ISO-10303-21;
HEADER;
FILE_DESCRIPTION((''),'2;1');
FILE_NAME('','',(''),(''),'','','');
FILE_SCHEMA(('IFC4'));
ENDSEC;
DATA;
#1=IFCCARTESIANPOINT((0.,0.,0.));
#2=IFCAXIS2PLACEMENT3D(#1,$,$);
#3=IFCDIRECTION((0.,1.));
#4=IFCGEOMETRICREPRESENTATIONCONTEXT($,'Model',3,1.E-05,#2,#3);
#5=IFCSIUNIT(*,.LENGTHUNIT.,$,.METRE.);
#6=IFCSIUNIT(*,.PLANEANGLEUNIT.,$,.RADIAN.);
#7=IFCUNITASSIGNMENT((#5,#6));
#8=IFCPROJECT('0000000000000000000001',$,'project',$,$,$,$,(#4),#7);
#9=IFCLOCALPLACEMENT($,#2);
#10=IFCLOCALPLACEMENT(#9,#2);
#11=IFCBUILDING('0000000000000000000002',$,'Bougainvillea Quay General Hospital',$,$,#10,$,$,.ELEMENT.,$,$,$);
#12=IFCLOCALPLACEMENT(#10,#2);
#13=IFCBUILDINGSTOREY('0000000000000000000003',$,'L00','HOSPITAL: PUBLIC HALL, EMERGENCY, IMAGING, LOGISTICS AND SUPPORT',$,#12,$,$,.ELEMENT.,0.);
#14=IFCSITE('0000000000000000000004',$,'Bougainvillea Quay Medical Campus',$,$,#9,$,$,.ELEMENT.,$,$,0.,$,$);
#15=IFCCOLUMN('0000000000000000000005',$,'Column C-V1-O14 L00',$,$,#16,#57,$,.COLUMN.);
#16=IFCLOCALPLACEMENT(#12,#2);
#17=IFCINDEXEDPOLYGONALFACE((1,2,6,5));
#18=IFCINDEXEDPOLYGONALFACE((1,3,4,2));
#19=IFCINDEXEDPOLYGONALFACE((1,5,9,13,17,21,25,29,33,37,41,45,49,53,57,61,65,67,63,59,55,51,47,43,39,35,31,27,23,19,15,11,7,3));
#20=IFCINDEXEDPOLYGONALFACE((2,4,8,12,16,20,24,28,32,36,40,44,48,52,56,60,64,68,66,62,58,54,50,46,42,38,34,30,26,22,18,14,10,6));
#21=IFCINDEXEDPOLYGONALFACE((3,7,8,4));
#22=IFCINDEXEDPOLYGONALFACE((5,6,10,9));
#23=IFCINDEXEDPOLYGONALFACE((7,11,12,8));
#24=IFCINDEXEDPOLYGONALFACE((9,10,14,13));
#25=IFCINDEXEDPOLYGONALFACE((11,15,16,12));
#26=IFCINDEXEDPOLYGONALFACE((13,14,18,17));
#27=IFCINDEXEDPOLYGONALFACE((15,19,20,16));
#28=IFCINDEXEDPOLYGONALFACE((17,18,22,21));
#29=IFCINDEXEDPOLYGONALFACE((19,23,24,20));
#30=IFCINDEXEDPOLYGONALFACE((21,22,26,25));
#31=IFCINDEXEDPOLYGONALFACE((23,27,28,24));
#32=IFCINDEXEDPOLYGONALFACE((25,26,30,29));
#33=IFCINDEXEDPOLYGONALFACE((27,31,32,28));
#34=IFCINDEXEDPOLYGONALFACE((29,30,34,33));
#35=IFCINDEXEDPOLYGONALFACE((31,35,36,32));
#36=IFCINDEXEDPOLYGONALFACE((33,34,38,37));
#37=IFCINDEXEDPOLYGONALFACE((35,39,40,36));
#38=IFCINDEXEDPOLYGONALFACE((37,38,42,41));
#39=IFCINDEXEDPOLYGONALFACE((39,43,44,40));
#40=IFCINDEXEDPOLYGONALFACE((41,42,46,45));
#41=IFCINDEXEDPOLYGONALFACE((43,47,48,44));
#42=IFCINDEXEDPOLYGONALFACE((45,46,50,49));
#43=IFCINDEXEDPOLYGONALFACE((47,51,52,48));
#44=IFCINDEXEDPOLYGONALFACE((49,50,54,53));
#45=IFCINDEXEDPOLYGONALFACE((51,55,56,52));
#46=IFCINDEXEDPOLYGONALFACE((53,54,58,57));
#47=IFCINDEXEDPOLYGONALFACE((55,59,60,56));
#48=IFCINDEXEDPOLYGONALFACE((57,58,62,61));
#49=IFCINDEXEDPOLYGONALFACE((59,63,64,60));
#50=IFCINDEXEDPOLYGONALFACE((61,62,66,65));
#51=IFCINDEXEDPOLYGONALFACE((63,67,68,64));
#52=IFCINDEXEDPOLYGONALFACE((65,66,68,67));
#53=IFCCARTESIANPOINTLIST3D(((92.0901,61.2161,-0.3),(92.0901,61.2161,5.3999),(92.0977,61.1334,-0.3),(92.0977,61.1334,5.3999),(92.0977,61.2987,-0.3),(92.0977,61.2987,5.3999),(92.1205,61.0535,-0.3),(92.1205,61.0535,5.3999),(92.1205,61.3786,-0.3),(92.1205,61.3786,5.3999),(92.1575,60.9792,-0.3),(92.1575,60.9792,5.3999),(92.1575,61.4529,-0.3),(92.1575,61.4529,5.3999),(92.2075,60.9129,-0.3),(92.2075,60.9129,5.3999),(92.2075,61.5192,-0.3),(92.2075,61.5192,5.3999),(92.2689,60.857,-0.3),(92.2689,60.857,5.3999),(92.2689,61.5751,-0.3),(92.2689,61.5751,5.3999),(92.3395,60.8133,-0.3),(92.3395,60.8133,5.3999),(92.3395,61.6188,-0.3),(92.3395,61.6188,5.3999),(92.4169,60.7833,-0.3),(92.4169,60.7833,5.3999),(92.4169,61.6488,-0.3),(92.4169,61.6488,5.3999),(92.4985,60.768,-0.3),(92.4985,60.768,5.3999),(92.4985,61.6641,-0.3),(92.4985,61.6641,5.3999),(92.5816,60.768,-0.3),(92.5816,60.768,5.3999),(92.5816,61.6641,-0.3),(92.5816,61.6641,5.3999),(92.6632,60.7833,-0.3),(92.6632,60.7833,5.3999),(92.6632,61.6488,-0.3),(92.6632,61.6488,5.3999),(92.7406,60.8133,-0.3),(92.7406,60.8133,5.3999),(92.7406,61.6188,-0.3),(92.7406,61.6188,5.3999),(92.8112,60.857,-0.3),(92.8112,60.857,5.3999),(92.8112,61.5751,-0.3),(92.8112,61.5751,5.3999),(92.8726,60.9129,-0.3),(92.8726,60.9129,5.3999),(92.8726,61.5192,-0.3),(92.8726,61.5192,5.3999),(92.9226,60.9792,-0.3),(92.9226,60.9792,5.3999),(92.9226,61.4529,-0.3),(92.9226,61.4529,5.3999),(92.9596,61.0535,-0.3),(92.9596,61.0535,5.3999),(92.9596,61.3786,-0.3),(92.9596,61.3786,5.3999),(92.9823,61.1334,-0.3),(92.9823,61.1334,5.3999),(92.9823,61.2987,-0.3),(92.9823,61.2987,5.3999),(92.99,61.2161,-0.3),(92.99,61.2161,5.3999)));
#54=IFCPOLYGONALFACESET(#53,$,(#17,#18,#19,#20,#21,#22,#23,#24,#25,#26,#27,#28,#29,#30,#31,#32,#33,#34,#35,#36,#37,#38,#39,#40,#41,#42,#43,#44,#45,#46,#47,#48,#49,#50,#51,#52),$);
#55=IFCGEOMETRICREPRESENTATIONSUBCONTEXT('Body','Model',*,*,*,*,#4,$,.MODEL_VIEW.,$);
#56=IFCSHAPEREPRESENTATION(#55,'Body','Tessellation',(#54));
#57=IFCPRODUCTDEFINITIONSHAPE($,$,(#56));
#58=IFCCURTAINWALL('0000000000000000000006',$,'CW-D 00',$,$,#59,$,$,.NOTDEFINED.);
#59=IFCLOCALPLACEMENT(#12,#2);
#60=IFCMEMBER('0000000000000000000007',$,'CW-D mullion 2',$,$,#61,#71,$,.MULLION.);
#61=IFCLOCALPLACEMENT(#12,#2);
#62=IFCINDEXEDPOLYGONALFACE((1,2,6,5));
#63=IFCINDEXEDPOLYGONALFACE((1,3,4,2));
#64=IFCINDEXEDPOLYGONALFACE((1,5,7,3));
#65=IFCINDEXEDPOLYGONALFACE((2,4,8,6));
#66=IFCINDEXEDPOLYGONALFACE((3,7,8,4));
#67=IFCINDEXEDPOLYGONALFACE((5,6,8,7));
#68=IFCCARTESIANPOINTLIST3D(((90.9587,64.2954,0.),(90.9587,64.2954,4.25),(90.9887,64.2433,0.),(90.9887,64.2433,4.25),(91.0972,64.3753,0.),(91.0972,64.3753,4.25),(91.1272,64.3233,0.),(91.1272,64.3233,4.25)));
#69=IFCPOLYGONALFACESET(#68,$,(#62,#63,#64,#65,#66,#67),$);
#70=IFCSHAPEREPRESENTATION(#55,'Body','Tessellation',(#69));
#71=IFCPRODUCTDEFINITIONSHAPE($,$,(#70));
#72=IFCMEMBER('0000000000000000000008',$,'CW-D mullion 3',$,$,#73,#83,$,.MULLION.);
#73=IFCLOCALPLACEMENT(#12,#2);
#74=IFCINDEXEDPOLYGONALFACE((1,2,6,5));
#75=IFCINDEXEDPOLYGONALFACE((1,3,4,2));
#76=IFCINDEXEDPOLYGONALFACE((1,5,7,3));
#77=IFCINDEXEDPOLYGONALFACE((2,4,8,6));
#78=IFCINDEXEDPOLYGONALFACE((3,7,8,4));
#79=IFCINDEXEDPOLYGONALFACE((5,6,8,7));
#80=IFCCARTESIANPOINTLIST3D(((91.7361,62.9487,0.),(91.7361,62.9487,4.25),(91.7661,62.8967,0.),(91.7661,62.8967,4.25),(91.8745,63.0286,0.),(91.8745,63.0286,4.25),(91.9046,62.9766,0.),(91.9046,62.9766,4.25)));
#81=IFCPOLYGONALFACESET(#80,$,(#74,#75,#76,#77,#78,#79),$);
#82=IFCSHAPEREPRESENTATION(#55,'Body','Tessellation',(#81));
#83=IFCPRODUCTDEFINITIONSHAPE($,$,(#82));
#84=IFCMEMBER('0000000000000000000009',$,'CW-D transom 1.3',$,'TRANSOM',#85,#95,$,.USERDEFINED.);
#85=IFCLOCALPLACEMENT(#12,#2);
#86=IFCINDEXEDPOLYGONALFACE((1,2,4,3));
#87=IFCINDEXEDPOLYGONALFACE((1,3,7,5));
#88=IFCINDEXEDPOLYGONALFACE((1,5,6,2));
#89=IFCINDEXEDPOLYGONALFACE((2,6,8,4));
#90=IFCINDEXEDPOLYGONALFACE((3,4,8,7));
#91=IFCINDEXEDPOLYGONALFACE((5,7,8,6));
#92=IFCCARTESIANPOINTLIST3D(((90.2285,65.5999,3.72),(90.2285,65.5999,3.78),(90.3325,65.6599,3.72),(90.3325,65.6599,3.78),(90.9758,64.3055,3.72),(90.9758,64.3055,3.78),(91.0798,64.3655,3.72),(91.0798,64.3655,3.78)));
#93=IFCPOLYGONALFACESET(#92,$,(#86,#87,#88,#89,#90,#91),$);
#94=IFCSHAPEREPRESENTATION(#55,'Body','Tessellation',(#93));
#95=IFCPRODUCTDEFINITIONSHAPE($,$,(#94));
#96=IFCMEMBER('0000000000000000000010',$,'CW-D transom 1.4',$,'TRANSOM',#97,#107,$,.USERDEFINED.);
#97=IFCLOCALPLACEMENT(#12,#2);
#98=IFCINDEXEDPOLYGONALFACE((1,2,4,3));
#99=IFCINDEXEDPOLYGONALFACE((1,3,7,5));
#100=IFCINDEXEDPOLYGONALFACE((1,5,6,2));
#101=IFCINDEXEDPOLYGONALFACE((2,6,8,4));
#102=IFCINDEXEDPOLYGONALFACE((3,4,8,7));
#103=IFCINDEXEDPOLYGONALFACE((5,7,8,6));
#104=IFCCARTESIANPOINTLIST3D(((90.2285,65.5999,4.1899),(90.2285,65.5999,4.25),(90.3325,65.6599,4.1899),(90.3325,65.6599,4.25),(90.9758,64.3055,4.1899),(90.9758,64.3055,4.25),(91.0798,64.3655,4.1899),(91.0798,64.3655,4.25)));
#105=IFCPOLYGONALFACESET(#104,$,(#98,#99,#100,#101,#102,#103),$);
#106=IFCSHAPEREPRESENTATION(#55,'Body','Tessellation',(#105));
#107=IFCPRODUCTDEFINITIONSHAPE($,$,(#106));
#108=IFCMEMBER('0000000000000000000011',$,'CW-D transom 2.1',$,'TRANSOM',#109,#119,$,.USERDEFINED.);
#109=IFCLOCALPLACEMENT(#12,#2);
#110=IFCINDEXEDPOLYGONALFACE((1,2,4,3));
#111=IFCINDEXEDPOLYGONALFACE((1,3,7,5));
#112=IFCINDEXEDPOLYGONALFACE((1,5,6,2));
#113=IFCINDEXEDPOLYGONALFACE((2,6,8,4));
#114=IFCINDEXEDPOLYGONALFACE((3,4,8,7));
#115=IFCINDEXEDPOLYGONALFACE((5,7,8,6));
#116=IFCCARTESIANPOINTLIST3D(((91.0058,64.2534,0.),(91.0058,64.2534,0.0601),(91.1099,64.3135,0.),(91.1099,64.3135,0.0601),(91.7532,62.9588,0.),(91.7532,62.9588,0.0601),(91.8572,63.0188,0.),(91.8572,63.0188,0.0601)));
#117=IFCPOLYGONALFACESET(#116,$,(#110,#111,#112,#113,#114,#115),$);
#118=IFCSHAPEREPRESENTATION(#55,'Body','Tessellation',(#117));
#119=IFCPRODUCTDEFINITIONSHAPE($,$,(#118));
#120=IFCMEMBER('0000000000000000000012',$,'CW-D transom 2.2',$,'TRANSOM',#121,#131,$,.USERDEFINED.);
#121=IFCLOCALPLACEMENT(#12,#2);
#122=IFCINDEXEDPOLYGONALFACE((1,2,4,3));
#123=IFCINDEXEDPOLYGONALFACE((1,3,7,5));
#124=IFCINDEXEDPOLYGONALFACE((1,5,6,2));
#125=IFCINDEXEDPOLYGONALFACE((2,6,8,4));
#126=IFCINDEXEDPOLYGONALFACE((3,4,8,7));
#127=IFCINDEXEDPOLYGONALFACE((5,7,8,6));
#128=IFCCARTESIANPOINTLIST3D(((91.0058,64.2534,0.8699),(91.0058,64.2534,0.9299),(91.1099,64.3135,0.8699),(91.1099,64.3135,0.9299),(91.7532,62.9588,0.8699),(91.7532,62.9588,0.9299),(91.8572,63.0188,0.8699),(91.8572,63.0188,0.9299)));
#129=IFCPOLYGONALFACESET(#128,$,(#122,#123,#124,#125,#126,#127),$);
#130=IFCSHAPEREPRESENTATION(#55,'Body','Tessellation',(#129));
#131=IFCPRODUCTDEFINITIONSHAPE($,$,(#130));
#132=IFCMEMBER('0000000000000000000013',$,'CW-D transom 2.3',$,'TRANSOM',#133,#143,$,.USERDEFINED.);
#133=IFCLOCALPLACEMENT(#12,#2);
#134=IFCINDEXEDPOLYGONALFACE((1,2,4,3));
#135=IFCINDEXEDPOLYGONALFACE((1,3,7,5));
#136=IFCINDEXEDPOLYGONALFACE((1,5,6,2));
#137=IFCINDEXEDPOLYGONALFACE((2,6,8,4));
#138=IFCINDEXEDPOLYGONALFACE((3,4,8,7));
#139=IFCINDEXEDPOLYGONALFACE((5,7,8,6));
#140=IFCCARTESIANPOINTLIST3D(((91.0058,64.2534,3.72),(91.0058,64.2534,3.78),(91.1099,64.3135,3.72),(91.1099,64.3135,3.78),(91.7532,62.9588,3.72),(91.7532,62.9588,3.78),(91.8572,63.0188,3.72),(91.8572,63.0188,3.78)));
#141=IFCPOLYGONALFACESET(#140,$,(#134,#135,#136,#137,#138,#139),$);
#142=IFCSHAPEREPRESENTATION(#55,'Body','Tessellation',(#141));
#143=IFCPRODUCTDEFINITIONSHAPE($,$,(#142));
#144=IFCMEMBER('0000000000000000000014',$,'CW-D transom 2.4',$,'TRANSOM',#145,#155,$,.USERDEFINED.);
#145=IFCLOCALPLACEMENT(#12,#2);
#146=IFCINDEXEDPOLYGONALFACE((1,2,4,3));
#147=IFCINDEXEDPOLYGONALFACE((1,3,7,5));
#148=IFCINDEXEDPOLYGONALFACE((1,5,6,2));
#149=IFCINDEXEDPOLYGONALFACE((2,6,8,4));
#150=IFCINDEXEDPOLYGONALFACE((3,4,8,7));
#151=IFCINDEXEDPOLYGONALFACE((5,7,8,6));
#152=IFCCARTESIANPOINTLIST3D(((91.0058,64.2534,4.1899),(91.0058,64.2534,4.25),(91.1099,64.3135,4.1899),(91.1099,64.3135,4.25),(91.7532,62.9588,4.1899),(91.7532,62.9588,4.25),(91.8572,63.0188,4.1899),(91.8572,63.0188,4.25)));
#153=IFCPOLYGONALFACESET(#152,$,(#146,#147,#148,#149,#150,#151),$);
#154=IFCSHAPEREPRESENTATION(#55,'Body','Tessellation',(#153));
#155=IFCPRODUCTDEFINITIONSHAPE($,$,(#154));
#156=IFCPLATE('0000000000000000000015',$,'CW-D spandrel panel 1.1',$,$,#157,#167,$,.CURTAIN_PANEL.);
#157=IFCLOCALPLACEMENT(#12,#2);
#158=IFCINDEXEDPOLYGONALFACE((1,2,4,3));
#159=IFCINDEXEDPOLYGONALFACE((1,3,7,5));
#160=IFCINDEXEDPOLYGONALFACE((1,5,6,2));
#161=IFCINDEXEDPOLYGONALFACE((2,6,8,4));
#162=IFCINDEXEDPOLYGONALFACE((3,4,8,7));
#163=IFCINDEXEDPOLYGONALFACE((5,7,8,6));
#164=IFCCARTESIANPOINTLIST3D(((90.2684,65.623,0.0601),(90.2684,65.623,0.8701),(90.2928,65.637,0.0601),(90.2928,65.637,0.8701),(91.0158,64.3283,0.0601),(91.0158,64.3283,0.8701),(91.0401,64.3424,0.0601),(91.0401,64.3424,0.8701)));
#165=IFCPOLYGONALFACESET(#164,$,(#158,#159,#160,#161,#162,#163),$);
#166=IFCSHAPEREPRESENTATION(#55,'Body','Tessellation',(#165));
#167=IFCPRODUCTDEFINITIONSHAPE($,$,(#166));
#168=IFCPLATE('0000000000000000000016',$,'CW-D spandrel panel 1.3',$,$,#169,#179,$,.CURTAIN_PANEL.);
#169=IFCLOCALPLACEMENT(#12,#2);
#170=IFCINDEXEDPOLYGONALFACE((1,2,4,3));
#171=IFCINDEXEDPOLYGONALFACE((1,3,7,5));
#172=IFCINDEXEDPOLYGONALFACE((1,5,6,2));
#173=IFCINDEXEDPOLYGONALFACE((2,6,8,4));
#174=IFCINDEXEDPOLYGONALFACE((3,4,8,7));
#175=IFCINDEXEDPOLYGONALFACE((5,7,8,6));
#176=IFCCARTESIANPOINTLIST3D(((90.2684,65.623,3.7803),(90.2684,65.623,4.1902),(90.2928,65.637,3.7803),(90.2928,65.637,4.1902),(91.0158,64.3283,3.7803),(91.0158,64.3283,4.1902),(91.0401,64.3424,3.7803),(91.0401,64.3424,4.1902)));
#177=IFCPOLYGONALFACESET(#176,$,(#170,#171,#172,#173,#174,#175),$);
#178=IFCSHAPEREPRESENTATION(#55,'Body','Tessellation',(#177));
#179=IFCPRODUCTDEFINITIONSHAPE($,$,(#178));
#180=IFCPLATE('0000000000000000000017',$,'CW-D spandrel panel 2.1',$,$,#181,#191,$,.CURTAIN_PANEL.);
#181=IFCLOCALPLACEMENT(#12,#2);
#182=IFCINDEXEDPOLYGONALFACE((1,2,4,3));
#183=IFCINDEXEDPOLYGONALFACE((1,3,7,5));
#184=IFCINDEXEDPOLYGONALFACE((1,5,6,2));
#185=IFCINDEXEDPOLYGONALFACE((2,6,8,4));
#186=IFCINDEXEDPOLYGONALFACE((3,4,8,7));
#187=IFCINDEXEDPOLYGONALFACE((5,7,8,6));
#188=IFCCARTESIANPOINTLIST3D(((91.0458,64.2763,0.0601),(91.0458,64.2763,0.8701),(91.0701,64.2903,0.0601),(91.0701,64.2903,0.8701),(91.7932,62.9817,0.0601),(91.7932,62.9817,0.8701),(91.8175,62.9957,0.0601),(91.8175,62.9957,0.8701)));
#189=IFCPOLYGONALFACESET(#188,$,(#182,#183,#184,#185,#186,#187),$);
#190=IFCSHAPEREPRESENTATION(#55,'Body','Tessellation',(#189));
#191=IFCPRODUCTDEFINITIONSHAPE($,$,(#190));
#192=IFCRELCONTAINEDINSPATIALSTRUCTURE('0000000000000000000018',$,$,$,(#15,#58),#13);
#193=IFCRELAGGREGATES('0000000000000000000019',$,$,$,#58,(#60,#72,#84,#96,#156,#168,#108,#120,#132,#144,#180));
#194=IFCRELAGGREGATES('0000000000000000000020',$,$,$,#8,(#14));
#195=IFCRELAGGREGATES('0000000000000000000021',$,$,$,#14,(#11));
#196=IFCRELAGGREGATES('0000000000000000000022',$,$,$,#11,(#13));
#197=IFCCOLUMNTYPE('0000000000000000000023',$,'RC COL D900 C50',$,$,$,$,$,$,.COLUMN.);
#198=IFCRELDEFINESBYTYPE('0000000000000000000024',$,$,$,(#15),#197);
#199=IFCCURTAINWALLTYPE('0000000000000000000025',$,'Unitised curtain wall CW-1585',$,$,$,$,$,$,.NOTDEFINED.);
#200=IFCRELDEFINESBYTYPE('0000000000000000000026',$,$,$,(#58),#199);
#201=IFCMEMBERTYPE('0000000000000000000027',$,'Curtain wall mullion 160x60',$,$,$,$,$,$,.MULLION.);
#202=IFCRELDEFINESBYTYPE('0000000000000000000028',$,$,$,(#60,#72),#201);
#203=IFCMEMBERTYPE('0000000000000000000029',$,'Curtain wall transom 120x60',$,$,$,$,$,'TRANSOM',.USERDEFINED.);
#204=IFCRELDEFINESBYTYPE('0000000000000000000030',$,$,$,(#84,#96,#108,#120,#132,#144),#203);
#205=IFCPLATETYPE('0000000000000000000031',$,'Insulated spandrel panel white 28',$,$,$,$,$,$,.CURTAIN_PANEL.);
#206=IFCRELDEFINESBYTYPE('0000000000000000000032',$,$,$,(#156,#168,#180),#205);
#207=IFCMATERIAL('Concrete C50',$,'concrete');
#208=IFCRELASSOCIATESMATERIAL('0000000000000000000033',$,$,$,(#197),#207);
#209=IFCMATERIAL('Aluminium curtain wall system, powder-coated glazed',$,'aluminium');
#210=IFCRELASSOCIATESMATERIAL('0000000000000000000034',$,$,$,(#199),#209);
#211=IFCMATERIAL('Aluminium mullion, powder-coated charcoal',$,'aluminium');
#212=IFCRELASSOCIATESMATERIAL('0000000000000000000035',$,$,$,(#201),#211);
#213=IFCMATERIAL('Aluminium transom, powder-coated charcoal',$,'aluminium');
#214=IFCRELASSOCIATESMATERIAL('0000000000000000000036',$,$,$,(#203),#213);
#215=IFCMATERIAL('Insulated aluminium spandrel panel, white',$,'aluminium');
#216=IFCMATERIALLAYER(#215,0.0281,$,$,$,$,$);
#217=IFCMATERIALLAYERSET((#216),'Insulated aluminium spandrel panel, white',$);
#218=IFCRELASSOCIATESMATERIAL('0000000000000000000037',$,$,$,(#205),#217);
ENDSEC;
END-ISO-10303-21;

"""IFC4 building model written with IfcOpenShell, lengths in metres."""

from ifc_helpers import new_model, si_unit, direction, frame, origin, origin_2d, place, context, subcontext, project, spatial, rectangle, circle, extrude, material, layer, layer_set, material_profile, profile_set, type_object, element, aggregate, save


model = new_model("IFC4")

# Units and contexts
model_context = context("Model", 3, precision=1e-05, world=origin(), true_north=direction((0.0, 1.0)))
body_context = subcontext(model_context, "Body", "Model", "MODEL_VIEW")
ifc_project = project(units=[si_unit("LENGTHUNIT", "METRE"), si_unit("PLANEANGLEUNIT", "RADIAN")], contexts=[model_context])

# Site, building, storey
site_placement = place(None, origin())
site = spatial("IfcSite", under=ifc_project, at=site_placement, Name="Bougainvillea Quay Medical Campus", CompositionType="ELEMENT", RefElevation=0.0)
building_placement = place(site_placement, origin())
building = spatial("IfcBuilding", under=site, at=building_placement, Name="Bougainvillea Quay General Hospital", CompositionType="ELEMENT")
storey_placement = place(building_placement, origin())
storey = spatial("IfcBuildingStorey", under=building, at=storey_placement, Name="L00", Description="HOSPITAL: PUBLIC HALL, EMERGENCY, IMAGING, LOGISTICS AND SUPPORT", CompositionType="ELEMENT", Elevation=0.0)

# Column
ifc_material_1 = material(Name="Concrete C50", Category="concrete")
ifc_material_profile_1 = material_profile(ifc_material_1, circle(Radius=0.45, at=origin_2d()))
ifc_profile_set_1 = profile_set([ifc_material_profile_1], Name="Concrete C50")
column_type = type_object("IfcColumnType", Name="RC COL D900 C50", PredefinedType="COLUMN", material=ifc_profile_set_1)
column_placement = place(storey_placement, frame((92.54, 61.2161, -0.3), z_axis=(0.0, 0.0, 1.0), x_axis=(1.0, 0.0, 0.0)))
element("IfcColumn", 1, at=column_placement, inside=storey, type_object=column_type, Name="Column C-V1-O14 L00", PredefinedType="COLUMN", context=body_context, shape_type="SweptSolid", body=[
    extrude(circle(Radius=0.45, at=origin_2d()), origin(), (0.0, 0.0, 1.0), 5.7),
])

# Curtain wall, members, plates
ifc_material_2 = material(Name="Aluminium curtain wall system, powder-coated glazed", Category="aluminium")
curtain_wall_type = type_object("IfcCurtainWallType", Name="Unitised curtain wall CW-1585", PredefinedType="NOTDEFINED", material=ifc_material_2)
curtain_wall_placement = place(storey_placement, origin())
curtain_wall = element("IfcCurtainWall", 2, at=curtain_wall_placement, inside=storey, type_object=curtain_wall_type, Name="CW-D 00", PredefinedType="NOTDEFINED")
ifc_material_3 = material(Name="Aluminium mullion, powder-coated charcoal", Category="aluminium")
ifc_material_profile_2 = material_profile(ifc_material_3, rectangle(XDim=0.1599, YDim=0.0601, at=origin_2d()))
ifc_profile_set_2 = profile_set([ifc_material_profile_2], Name="Aluminium mullion, powder-coated charcoal")
member_type_1 = type_object("IfcMemberType", Name="Curtain wall mullion 160x60", PredefinedType="MULLION", material=ifc_profile_set_2)
member_1_placement = place(storey_placement, frame((91.043, 64.3093, 0.0), z_axis=(0.0, 0.0, 1.0), x_axis=(0.866046, 0.499965, 0.0)))
member_1 = element("IfcMember", 3, at=member_1_placement, type_object=member_type_1, Name="CW-D mullion 2", PredefinedType="MULLION", context=body_context, shape_type="SweptSolid", body=[
    extrude(rectangle(XDim=0.1599, YDim=0.0601, at=origin_2d()), origin(), (0.0, 0.0, 1.0), 4.25),
])
member_2_placement = place(storey_placement, frame((91.8203, 62.9626, 0.0), z_axis=(0.0, 0.0, 1.0), x_axis=(0.866046, 0.499965, 0.0)))
member_2 = element("IfcMember", 4, at=member_2_placement, type_object=member_type_1, Name="CW-D mullion 3", PredefinedType="MULLION", context=body_context, shape_type="SweptSolid", body=[
    extrude(rectangle(XDim=0.1599, YDim=0.0601, at=origin_2d()), origin(), (0.0, 0.0, 1.0), 4.25),
])
ifc_material_4 = material(Name="Aluminium transom, powder-coated charcoal", Category="aluminium")
ifc_material_profile_3 = material_profile(ifc_material_4, rectangle(XDim=0.1201, YDim=0.0601, at=origin_2d()))
ifc_profile_set_3 = profile_set([ifc_material_profile_3], Name="Aluminium transom, powder-coated charcoal")
member_type_2 = type_object("IfcMemberType", Name="Curtain wall transom 120x60", ElementType="TRANSOM", PredefinedType="USERDEFINED", material=ifc_profile_set_3)
member_3_placement = place(storey_placement, frame((90.2805, 65.6299, 3.75), z_axis=(0.499986, -0.866033, 0.0), x_axis=(0.866033, 0.499986, 0.0)))
member_3 = element("IfcMember", 5, at=member_3_placement, type_object=member_type_2, Name="CW-D transom 1.3", ObjectType="TRANSOM", PredefinedType="USERDEFINED", context=body_context, shape_type="SweptSolid", body=[
    extrude(rectangle(XDim=0.1201, YDim=0.0601, at=origin_2d()), origin(), (0.0, 0.0, 1.0), 1.4946),
])
member_4_placement = place(storey_placement, frame((90.2805, 65.6299, 4.22), z_axis=(0.499986, -0.866033, 0.0), x_axis=(0.866033, 0.499986, 0.0)))
member_4 = element("IfcMember", 6, at=member_4_placement, type_object=member_type_2, Name="CW-D transom 1.4", ObjectType="TRANSOM", PredefinedType="USERDEFINED", context=body_context, shape_type="SweptSolid", body=[
    extrude(rectangle(XDim=0.1201, YDim=0.0601, at=origin_2d()), origin(), (0.0, 0.0, 1.0), 1.4946),
])
member_5_placement = place(storey_placement, frame((91.0579, 64.2834, 0.03), z_axis=(0.499916, -0.866074, 0.0), x_axis=(0.866074, 0.499916, 0.0)))
member_5 = element("IfcMember", 7, at=member_5_placement, type_object=member_type_2, Name="CW-D transom 2.1", ObjectType="TRANSOM", PredefinedType="USERDEFINED", context=body_context, shape_type="SweptSolid", body=[
    extrude(rectangle(XDim=0.1201, YDim=0.0601, at=origin_2d()), origin(), (0.0, 0.0, 1.0), 1.4949),
])
member_6_placement = place(storey_placement, frame((91.0579, 64.2834, 0.8999), z_axis=(0.499916, -0.866074, 0.0), x_axis=(0.866074, 0.499916, 0.0)))
member_6 = element("IfcMember", 8, at=member_6_placement, type_object=member_type_2, Name="CW-D transom 2.2", ObjectType="TRANSOM", PredefinedType="USERDEFINED", context=body_context, shape_type="SweptSolid", body=[
    extrude(rectangle(XDim=0.1201, YDim=0.0601, at=origin_2d()), origin(), (0.0, 0.0, 1.0), 1.4949),
])
member_7_placement = place(storey_placement, frame((91.0579, 64.2834, 3.75), z_axis=(0.499916, -0.866074, 0.0), x_axis=(0.866074, 0.499916, 0.0)))
member_7 = element("IfcMember", 9, at=member_7_placement, type_object=member_type_2, Name="CW-D transom 2.3", ObjectType="TRANSOM", PredefinedType="USERDEFINED", context=body_context, shape_type="SweptSolid", body=[
    extrude(rectangle(XDim=0.1201, YDim=0.0601, at=origin_2d()), origin(), (0.0, 0.0, 1.0), 1.4949),
])
member_8_placement = place(storey_placement, frame((91.0579, 64.2834, 4.22), z_axis=(0.499916, -0.866074, 0.0), x_axis=(0.866074, 0.499916, 0.0)))
member_8 = element("IfcMember", 10, at=member_8_placement, type_object=member_type_2, Name="CW-D transom 2.4", ObjectType="TRANSOM", PredefinedType="USERDEFINED", context=body_context, shape_type="SweptSolid", body=[
    extrude(rectangle(XDim=0.1201, YDim=0.0601, at=origin_2d()), origin(), (0.0, 0.0, 1.0), 1.4949),
])
ifc_material_5 = material(Name="Insulated aluminium spandrel panel, white", Category="aluminium")
ifc_layer_1 = layer(ifc_material_5, 0.0281)
ifc_layer_set_1 = layer_set([ifc_layer_1], Name="Insulated aluminium spandrel panel, white")
plate_type_1 = type_object("IfcPlateType", Name="Insulated spandrel panel white 28", PredefinedType="CURTAIN_PANEL", material=ifc_layer_set_1)
plate_1_placement = place(storey_placement, frame((90.6543, 64.9827, 0.0601), z_axis=(0.0, 0.0, 1.0), x_axis=(0.499965, -0.866046, 0.0)))
plate_1 = element("IfcPlate", 11, at=plate_1_placement, type_object=plate_type_1, Name="CW-D spandrel panel 1.1", PredefinedType="CURTAIN_PANEL", context=body_context, shape_type="SweptSolid", body=[
    extrude(rectangle(XDim=1.4949, YDim=0.0281, at=origin_2d()), origin(), (0.0, 0.0, 1.0), 0.8101),
])
plate_2_placement = place(storey_placement, frame((90.6543, 64.9827, 3.7803), z_axis=(0.0, 0.0, 1.0), x_axis=(0.499965, -0.866046, 0.0)))
plate_2 = element("IfcPlate", 12, at=plate_2_placement, type_object=plate_type_1, Name="CW-D spandrel panel 1.3", PredefinedType="CURTAIN_PANEL", context=body_context, shape_type="SweptSolid", body=[
    extrude(rectangle(XDim=1.4949, YDim=0.0281, at=origin_2d()), origin(), (0.0, 0.0, 1.0), 0.4099),
])
plate_3_placement = place(storey_placement, frame((91.4316, 63.636, 0.0601), z_axis=(0.0, 0.0, 1.0), x_axis=(0.499965, -0.866046, 0.0)))
plate_3 = element("IfcPlate", 13, at=plate_3_placement, type_object=plate_type_1, Name="CW-D spandrel panel 2.1", PredefinedType="CURTAIN_PANEL", context=body_context, shape_type="SweptSolid", body=[
    extrude(rectangle(XDim=1.4949, YDim=0.0281, at=origin_2d()), origin(), (0.0, 0.0, 1.0), 0.8101),
])
aggregate(curtain_wall, [member_1, member_2, member_3, member_4, plate_1, plate_2, member_5, member_6, member_7, member_8, plate_3])

save(model, "model.ifc")
